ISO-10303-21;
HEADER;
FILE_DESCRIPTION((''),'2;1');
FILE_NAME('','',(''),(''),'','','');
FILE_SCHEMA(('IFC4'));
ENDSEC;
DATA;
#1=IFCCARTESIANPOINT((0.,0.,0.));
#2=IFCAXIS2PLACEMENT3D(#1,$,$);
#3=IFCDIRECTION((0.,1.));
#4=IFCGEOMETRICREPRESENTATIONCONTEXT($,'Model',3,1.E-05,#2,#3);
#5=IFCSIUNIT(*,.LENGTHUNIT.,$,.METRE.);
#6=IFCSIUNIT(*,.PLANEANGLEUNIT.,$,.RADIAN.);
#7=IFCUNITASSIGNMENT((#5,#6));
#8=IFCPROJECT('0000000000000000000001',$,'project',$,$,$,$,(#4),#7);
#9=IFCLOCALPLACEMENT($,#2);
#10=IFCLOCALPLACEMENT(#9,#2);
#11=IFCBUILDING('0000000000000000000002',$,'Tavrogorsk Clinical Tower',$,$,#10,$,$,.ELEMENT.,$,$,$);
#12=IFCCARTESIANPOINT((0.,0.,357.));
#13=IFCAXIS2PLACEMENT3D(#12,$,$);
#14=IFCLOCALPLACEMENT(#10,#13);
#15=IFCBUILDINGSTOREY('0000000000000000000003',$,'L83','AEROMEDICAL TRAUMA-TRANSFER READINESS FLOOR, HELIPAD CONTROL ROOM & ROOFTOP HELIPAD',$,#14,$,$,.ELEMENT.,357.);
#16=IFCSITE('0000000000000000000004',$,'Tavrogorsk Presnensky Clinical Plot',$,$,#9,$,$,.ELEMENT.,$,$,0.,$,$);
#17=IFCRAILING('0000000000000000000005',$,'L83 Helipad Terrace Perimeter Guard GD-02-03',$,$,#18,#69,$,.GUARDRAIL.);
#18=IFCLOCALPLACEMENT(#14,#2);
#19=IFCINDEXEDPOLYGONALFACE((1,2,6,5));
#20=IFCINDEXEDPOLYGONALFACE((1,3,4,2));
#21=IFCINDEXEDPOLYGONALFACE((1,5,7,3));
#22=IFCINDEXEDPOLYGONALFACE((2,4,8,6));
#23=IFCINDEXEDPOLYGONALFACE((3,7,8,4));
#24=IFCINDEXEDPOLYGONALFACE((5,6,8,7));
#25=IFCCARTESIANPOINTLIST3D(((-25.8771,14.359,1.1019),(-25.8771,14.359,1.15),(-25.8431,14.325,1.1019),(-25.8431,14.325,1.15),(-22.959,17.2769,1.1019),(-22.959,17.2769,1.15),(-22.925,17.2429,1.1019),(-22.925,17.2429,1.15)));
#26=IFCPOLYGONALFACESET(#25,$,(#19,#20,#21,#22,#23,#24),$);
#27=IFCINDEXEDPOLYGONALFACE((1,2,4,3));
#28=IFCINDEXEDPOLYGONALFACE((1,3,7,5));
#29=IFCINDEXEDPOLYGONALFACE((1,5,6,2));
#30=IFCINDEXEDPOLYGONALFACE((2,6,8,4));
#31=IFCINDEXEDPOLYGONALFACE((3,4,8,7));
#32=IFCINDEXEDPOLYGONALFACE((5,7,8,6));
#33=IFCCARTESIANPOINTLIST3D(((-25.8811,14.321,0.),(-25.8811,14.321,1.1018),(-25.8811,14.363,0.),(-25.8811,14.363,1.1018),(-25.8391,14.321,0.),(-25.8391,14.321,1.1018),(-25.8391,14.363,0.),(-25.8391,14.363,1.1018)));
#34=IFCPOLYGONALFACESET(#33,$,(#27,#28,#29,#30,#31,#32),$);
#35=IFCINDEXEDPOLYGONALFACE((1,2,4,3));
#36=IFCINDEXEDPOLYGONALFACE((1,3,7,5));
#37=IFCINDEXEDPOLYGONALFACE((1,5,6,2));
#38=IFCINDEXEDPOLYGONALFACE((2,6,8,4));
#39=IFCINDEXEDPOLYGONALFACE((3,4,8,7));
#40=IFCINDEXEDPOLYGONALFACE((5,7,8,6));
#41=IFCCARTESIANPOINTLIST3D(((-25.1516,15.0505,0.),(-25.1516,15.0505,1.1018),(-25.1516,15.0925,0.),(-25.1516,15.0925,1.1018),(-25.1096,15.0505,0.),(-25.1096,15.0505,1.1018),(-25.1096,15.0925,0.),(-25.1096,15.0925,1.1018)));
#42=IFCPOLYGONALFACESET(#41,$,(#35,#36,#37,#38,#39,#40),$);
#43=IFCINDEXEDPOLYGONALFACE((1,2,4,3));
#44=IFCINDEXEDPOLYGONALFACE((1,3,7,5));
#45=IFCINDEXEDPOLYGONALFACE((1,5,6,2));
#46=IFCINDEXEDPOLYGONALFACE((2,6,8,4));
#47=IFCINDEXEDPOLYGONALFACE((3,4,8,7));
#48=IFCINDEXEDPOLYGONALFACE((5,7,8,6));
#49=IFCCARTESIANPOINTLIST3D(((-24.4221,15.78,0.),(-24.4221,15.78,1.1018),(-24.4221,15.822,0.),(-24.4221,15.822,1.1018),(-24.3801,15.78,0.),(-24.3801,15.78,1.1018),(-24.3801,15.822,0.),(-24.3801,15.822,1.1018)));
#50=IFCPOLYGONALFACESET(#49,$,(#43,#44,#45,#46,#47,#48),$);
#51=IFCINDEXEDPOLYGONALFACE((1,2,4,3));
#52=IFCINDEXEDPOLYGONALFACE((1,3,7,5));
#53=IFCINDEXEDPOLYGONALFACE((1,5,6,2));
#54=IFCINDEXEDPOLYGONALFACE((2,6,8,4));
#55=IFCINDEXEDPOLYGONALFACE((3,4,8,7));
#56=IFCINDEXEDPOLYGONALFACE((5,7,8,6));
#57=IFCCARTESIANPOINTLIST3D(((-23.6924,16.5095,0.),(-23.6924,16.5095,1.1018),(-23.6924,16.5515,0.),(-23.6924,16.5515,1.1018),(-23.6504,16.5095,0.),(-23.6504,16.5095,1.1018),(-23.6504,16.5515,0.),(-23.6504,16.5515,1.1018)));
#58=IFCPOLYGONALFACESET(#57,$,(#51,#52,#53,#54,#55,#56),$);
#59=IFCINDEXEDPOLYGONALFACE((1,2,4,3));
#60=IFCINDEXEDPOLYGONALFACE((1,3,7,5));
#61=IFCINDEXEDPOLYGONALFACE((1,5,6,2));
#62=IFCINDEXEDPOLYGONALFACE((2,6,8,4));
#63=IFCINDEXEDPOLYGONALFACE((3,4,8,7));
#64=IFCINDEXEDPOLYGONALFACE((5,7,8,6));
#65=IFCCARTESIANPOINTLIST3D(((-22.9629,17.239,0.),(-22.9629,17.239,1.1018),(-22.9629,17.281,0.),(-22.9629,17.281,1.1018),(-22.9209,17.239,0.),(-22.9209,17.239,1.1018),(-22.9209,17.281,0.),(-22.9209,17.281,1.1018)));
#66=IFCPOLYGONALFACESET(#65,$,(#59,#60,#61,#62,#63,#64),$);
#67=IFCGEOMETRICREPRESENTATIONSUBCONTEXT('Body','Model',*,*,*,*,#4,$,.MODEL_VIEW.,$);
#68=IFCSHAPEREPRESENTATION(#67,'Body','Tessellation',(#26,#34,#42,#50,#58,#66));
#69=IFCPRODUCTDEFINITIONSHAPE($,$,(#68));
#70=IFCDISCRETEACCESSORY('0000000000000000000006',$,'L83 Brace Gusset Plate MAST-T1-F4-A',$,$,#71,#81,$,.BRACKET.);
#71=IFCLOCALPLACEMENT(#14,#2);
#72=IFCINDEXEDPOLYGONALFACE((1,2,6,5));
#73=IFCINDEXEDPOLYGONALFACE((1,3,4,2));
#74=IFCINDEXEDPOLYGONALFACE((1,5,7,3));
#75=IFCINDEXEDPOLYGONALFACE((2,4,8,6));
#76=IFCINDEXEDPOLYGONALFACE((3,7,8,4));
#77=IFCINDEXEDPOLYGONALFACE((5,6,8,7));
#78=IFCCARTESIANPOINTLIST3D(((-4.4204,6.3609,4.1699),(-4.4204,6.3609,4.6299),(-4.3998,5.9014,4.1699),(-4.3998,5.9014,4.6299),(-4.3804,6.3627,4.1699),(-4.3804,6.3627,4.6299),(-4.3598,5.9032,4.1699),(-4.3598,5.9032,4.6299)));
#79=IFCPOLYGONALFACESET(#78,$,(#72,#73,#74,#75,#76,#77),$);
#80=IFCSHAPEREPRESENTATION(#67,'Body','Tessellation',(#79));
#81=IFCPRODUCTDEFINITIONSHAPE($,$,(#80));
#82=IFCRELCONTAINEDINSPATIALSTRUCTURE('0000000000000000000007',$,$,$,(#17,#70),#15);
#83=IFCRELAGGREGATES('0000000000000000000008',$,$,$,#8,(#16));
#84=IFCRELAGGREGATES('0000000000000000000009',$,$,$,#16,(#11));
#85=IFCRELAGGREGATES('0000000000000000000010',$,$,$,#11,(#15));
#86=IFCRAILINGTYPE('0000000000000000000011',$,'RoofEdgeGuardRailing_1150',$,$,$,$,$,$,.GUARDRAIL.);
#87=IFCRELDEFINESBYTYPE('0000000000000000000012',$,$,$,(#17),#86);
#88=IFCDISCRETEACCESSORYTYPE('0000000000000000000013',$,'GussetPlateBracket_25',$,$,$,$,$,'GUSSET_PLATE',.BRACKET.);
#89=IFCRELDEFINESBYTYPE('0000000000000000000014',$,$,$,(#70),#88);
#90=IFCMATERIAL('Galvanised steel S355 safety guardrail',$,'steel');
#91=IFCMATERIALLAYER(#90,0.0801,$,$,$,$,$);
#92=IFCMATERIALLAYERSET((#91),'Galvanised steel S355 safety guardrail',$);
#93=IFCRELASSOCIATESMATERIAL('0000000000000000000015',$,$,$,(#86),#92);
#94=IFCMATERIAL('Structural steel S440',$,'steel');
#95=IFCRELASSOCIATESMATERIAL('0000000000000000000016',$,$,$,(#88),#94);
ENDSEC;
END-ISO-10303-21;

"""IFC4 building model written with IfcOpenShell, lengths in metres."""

from ifc_helpers import new_model, si_unit, direction, frame, origin, origin_2d, place, context, subcontext, project, spatial, rectangle, extrude, material, layer, layer_set, type_object, element, save


model = new_model("IFC4")

# Units and contexts
model_context = context("Model", 3, precision=1e-05, world=origin(), true_north=direction((0.0, 1.0)))
body_context = subcontext(model_context, "Body", "Model", "MODEL_VIEW")
ifc_project = project(units=[si_unit("LENGTHUNIT", "METRE"), si_unit("PLANEANGLEUNIT", "RADIAN")], contexts=[model_context])

# Site, building, storey
site_placement = place(None, origin())
site = spatial("IfcSite", under=ifc_project, at=site_placement, Name="Tavrogorsk Presnensky Clinical Plot", CompositionType="ELEMENT", RefElevation=0.0)
building_placement = place(site_placement, origin())
building = spatial("IfcBuilding", under=site, at=building_placement, Name="Tavrogorsk Clinical Tower", CompositionType="ELEMENT")
storey_placement = place(building_placement, frame((0.0, 0.0, 357.0)))
storey = spatial("IfcBuildingStorey", under=building, at=storey_placement, Name="L83", Description="AEROMEDICAL TRAUMA-TRANSFER READINESS FLOOR, HELIPAD CONTROL ROOM & ROOFTOP HELIPAD", CompositionType="ELEMENT", Elevation=357.0)

# Railing
ifc_material_1 = material(Name="Galvanised steel S355 safety guardrail", Category="steel")
ifc_layer_1 = layer(ifc_material_1, 0.0801)
ifc_layer_set_1 = layer_set([ifc_layer_1], Name="Galvanised steel S355 safety guardrail")
railing_type = type_object("IfcRailingType", Name="RoofEdgeGuardRailing_1150", PredefinedType="GUARDRAIL", material=ifc_layer_set_1)
railing_1_placement = place(storey_placement, frame((-25.8601, 14.342, 0.0)))
element("IfcRailing", 1, at=railing_1_placement, inside=storey, type_object=railing_type, Name="L83 Helipad Terrace Perimeter Guard GD-02-03", PredefinedType="GUARDRAIL", context=body_context, shape_type="SweptSolid", body=[
    extrude(rectangle(XDim=0.0481, YDim=0.0481, at=origin_2d()), frame((0.0, 0.0, 1.126), z_axis=(0.707136, 0.707077, 0.0), x_axis=(-0.707077, 0.707136, 0.0)), (0.0, 0.0, 1.0), 4.1267),
    extrude(rectangle(XDim=0.042, YDim=0.042, at=origin_2d()), origin(), (0.0, 0.0, 1.0), 1.1018),
    extrude(rectangle(XDim=0.042, YDim=0.042, at=origin_2d()), frame((0.7295, 0.7295, 0.0)), (0.0, 0.0, 1.0), 1.1018),
    extrude(rectangle(XDim=0.042, YDim=0.042, at=origin_2d()), frame((1.459, 1.459, 0.0)), (0.0, 0.0, 1.0), 1.1018),
    extrude(rectangle(XDim=0.042, YDim=0.042, at=origin_2d()), frame((2.1887, 2.1885, 0.0)), (0.0, 0.0, 1.0), 1.1018),
    extrude(rectangle(XDim=0.042, YDim=0.042, at=origin_2d()), frame((2.9182, 2.918, 0.0)), (0.0, 0.0, 1.0), 1.1018),
])

# Discrete accessory
ifc_material_2 = material(Name="Structural steel S440", Category="steel")
discrete_accessory_type = type_object("IfcDiscreteAccessoryType", Name="GussetPlateBracket_25", ElementType="GUSSET_PLATE", PredefinedType="BRACKET", material=ifc_material_2)
discrete_accessory_placement = place(storey_placement, frame((-4.3901, 6.1321, 4.1699), z_axis=(0.0, 0.0, 1.0), x_axis=(0.04484, -0.998994, 0.0)))
element("IfcDiscreteAccessory", 2, at=discrete_accessory_placement, inside=storey, type_object=discrete_accessory_type, Name="L83 Brace Gusset Plate MAST-T1-F4-A", PredefinedType="BRACKET", context=body_context, shape_type="SweptSolid", body=[
    extrude(rectangle(XDim=0.46, YDim=0.04, at=origin_2d()), origin(), (0.0, 0.0, 1.0), 0.46),
])

save(model, "model.ifc")
